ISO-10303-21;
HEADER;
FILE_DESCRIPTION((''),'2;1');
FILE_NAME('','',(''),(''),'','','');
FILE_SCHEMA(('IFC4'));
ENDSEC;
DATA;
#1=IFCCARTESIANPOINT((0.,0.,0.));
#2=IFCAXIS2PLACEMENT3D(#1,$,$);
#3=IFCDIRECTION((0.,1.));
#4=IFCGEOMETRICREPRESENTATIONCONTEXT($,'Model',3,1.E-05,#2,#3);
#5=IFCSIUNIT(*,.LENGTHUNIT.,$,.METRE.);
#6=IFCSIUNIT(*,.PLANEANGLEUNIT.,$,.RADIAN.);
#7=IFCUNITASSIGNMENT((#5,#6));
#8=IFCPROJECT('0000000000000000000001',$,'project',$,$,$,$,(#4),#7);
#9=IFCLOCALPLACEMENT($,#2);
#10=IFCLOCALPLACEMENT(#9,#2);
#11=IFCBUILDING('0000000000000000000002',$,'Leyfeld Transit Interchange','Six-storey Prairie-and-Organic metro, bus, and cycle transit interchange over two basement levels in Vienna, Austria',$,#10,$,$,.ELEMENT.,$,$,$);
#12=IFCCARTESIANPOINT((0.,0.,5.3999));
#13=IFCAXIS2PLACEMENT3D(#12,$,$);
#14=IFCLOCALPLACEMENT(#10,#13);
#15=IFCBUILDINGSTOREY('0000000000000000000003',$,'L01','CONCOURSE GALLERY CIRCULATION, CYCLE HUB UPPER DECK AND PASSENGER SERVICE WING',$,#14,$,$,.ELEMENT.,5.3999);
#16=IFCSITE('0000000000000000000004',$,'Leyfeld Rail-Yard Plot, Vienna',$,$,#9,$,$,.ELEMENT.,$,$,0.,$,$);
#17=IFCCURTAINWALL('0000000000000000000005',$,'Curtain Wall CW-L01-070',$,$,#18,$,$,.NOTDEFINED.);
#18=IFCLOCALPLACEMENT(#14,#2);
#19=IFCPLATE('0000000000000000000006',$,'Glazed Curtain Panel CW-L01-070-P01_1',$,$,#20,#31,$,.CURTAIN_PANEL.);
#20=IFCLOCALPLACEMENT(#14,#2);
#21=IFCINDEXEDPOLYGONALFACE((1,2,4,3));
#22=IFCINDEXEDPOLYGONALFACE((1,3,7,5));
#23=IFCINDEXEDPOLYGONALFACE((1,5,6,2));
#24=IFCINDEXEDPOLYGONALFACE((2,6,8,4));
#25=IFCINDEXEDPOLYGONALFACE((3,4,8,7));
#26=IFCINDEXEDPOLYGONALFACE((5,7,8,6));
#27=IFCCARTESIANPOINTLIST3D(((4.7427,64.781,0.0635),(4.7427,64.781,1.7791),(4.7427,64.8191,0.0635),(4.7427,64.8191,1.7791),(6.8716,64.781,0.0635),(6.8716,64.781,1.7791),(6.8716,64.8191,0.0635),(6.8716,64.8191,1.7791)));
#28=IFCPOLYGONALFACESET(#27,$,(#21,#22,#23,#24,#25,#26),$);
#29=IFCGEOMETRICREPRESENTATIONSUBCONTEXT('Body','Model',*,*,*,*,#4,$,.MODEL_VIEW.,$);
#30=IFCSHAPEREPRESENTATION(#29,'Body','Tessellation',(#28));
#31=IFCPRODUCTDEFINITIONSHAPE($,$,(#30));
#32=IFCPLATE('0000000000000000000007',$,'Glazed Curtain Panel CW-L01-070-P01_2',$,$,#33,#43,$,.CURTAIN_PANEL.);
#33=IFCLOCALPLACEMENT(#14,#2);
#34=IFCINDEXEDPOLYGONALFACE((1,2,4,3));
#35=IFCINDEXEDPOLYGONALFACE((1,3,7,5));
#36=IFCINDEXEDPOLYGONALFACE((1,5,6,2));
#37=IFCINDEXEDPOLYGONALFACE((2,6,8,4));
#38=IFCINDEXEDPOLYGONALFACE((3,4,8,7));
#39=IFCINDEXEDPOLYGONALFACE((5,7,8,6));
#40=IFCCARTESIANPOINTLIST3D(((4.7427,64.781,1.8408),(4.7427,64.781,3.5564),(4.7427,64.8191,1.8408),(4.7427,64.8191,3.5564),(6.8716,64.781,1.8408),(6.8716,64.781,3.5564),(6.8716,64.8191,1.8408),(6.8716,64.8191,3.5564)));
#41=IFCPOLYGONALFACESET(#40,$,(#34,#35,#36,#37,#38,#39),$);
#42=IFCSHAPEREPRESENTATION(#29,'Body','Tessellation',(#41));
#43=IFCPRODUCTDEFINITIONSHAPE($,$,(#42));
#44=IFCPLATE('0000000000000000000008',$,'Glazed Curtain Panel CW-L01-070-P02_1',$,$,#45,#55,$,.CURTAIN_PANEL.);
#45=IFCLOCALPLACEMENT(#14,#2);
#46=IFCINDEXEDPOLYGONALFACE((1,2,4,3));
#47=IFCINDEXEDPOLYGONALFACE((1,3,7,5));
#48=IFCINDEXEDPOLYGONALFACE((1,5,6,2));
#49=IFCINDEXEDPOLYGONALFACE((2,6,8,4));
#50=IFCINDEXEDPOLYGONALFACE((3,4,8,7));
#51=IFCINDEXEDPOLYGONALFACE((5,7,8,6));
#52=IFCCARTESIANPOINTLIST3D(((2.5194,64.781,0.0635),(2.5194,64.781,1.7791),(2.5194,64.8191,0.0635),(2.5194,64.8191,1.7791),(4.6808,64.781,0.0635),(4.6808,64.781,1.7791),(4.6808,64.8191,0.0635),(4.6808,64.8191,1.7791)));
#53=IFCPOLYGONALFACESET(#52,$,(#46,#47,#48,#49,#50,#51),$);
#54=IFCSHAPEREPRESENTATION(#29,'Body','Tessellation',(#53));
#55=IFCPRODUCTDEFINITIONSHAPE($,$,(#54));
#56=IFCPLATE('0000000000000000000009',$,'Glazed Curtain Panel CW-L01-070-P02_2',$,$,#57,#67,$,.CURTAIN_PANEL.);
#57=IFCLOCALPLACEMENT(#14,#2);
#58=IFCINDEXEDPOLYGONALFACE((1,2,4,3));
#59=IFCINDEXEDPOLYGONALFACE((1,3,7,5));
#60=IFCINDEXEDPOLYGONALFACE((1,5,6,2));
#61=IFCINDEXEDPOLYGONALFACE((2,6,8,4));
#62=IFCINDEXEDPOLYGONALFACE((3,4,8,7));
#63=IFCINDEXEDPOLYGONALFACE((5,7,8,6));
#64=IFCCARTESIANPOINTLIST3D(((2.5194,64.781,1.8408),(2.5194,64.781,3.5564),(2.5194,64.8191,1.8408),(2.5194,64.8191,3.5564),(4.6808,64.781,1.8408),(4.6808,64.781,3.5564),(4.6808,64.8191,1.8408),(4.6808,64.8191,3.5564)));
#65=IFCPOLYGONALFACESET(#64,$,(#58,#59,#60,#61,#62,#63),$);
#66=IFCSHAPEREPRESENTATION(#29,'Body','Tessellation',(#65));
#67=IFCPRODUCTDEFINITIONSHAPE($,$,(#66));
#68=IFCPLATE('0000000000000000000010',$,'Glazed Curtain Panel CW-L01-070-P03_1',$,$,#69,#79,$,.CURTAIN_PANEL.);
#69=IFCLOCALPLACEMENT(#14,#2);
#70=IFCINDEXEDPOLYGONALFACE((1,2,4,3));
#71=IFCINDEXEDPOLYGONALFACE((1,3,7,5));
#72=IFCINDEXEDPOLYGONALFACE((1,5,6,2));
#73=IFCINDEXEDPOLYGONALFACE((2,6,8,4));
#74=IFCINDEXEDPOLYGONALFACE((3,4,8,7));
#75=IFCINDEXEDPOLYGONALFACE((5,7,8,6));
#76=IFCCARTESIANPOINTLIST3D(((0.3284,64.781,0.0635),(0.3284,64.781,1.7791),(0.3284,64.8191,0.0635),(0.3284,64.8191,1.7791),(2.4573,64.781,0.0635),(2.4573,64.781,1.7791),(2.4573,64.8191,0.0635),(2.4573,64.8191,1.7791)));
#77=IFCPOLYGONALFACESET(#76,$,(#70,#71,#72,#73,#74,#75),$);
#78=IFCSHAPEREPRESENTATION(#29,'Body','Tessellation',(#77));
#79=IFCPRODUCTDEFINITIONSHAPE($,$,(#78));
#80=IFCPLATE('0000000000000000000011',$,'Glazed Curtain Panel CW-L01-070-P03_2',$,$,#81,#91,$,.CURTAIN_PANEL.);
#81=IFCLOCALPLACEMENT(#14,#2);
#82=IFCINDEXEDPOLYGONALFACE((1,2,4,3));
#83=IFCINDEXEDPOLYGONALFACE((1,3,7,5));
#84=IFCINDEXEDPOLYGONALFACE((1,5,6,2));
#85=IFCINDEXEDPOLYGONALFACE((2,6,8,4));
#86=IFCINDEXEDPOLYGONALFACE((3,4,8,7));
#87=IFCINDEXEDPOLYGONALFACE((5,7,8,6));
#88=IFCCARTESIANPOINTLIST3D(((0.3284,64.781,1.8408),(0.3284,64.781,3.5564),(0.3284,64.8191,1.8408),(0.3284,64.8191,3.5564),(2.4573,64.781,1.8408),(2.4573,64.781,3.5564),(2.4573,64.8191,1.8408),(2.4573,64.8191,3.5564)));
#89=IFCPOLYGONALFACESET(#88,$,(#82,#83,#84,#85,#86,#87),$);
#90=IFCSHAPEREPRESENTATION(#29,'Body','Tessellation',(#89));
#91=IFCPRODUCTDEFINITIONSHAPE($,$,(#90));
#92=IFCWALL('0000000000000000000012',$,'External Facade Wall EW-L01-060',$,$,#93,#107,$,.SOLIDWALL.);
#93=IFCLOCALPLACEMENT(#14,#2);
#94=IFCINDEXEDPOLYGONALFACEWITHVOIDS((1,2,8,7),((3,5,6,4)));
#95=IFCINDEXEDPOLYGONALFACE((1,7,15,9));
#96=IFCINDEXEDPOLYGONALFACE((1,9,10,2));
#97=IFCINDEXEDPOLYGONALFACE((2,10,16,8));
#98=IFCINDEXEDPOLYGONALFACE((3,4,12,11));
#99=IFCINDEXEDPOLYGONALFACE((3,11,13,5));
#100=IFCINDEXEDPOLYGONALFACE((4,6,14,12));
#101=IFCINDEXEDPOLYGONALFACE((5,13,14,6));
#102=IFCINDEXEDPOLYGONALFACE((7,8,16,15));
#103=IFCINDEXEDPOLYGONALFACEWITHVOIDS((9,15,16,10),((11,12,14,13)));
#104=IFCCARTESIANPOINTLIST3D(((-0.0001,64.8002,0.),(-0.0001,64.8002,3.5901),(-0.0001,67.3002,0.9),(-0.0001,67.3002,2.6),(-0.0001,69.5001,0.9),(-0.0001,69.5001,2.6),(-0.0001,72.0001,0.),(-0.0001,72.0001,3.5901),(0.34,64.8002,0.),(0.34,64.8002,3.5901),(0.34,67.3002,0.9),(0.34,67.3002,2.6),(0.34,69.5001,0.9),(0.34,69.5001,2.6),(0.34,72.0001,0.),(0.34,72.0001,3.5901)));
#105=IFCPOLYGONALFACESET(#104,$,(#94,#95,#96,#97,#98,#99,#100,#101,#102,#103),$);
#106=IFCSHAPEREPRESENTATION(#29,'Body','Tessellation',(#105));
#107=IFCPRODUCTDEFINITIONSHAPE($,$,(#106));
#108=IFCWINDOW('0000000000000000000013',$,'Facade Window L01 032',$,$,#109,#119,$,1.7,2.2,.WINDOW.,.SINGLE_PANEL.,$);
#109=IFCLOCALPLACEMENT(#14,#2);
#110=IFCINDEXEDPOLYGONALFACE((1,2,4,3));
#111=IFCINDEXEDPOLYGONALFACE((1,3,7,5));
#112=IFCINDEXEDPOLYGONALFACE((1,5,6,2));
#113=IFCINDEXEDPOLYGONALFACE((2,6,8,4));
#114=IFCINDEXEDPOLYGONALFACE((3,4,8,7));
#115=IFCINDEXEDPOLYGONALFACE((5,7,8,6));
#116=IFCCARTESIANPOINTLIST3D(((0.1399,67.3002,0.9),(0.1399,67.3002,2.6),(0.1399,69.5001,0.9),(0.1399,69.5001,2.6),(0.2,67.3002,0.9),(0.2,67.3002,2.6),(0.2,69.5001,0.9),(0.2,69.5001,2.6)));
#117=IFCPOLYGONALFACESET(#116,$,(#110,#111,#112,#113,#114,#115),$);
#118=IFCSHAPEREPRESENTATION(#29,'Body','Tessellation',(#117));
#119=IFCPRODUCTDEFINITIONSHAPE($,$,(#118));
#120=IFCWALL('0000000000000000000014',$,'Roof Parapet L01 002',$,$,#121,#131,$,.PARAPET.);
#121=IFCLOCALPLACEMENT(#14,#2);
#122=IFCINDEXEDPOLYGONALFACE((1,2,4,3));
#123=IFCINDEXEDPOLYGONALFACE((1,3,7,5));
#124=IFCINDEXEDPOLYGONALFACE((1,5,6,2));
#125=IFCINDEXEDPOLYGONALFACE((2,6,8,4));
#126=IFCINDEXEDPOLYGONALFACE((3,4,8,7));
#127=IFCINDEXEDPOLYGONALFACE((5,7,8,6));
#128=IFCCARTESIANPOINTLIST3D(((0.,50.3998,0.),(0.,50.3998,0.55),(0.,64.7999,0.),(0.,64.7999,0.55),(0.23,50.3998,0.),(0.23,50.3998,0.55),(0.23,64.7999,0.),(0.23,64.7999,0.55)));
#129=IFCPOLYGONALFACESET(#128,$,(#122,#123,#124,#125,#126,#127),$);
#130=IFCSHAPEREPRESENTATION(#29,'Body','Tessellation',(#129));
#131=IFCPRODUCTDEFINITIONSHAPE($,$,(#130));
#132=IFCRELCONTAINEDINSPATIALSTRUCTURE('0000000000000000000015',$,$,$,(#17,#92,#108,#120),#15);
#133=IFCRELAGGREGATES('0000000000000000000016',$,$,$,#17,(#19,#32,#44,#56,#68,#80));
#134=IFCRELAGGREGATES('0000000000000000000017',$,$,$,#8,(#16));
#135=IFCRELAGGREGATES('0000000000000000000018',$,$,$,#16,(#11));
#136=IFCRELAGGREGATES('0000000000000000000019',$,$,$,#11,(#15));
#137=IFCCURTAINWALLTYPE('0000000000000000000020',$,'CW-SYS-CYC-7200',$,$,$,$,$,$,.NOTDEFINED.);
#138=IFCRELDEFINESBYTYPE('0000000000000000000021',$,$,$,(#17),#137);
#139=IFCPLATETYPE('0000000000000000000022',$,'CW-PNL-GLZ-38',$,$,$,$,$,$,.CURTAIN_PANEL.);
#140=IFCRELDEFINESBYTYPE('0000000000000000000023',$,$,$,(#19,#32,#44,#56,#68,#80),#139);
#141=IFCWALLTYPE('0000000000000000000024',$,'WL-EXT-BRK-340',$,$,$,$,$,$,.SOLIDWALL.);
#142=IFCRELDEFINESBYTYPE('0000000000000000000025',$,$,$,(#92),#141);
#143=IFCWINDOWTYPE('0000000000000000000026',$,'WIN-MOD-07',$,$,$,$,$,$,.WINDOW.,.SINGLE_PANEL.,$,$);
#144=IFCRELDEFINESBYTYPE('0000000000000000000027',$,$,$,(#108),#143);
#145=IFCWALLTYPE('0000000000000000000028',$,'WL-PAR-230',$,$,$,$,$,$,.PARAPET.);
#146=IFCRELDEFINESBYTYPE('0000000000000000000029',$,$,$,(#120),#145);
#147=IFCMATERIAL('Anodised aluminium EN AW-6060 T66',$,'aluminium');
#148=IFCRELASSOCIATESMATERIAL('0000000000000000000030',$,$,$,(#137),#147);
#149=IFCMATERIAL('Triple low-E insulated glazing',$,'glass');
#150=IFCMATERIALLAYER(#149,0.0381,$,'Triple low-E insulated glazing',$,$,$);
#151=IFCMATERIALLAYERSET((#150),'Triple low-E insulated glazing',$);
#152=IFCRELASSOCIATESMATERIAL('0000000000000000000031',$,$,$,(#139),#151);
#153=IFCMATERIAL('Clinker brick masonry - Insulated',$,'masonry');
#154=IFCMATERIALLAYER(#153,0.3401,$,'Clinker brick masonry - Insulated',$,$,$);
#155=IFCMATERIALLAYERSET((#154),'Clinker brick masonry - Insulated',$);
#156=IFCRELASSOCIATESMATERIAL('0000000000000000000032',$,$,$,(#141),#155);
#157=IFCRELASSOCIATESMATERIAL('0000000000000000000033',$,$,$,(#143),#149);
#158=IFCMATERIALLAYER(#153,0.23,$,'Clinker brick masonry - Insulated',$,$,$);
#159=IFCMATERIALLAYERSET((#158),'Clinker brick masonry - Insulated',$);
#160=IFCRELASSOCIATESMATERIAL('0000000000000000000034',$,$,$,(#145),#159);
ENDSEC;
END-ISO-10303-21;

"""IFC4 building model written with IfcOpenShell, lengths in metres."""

from ifc_helpers import new_model, si_unit, direction, frame, frame_2d, origin, origin_2d, place, context, subcontext, project, spatial, rectangle, extrude, material, layer, layer_set, type_object, element, fill, aggregate, save


model = new_model("IFC4")

# Units and contexts
model_context = context("Model", 3, precision=1e-05, world=origin(), true_north=direction((0.0, 1.0)))
body_context = subcontext(model_context, "Body", "Model", "MODEL_VIEW")
ifc_project = project(units=[si_unit("LENGTHUNIT", "METRE"), si_unit("PLANEANGLEUNIT", "RADIAN")], contexts=[model_context])

# Site, building, storey
site_placement = place(None, origin())
site = spatial("IfcSite", under=ifc_project, at=site_placement, Name="Leyfeld Rail-Yard Plot, Vienna", CompositionType="ELEMENT", RefElevation=0.0)
building_placement = place(site_placement, origin())
building = spatial("IfcBuilding", under=site, at=building_placement, Name="Leyfeld Transit Interchange", Description="Six-storey Prairie-and-Organic metro, bus, and cycle transit interchange over two basement levels in Vienna, Austria", CompositionType="ELEMENT")
storey_placement = place(building_placement, frame((0.0, 0.0, 5.3999)))
storey = spatial("IfcBuildingStorey", under=building, at=storey_placement, Name="L01", Description="CONCOURSE GALLERY CIRCULATION, CYCLE HUB UPPER DECK AND PASSENGER SERVICE WING", CompositionType="ELEMENT", Elevation=5.3999)

# Curtain wall, plates
ifc_material_1 = material(Name="Anodised aluminium EN AW-6060 T66", Category="aluminium")
curtain_wall_type = type_object("IfcCurtainWallType", Name="CW-SYS-CYC-7200", PredefinedType="NOTDEFINED", material=ifc_material_1)
curtain_wall_placement = place(storey_placement, origin())
curtain_wall = element("IfcCurtainWall", 1, at=curtain_wall_placement, inside=storey, type_object=curtain_wall_type, Name="Curtain Wall CW-L01-070", PredefinedType="NOTDEFINED")
ifc_material_2 = material(Name="Triple low-E insulated glazing", Category="glass")
ifc_layer_1 = layer(ifc_material_2, 0.0381, Name="Triple low-E insulated glazing")
ifc_layer_set_1 = layer_set([ifc_layer_1], Name="Triple low-E insulated glazing")
plate_type = type_object("IfcPlateType", Name="CW-PNL-GLZ-38", PredefinedType="CURTAIN_PANEL", material=ifc_layer_set_1)
plate_1_placement = place(storey_placement, frame((5.8071, 64.8, 0.0635), z_axis=(0.0, 0.0, 1.0), x_axis=(-1.0, 0.0, 0.0)))
plate_1 = element("IfcPlate", 2, at=plate_1_placement, type_object=plate_type, Name="Glazed Curtain Panel CW-L01-070-P01_1", PredefinedType="CURTAIN_PANEL", context=body_context, shape_type="SweptSolid", body=[
    extrude(rectangle(XDim=2.1289, YDim=0.0381, at=origin_2d()), origin(), (0.0, 0.0, 1.0), 1.7156),
])
plate_2_placement = place(storey_placement, frame((5.8071, 64.8, 1.8408), z_axis=(0.0, 0.0, 1.0), x_axis=(-1.0, 0.0, 0.0)))
plate_2 = element("IfcPlate", 3, at=plate_2_placement, type_object=plate_type, Name="Glazed Curtain Panel CW-L01-070-P01_2", PredefinedType="CURTAIN_PANEL", context=body_context, shape_type="SweptSolid", body=[
    extrude(rectangle(XDim=2.1289, YDim=0.0381, at=origin_2d()), origin(), (0.0, 0.0, 1.0), 1.7156),
])
plate_3_placement = place(storey_placement, frame((3.6001, 64.8, 0.0635), z_axis=(0.0, 0.0, 1.0), x_axis=(-1.0, 0.0, 0.0)))
plate_3 = element("IfcPlate", 4, at=plate_3_placement, type_object=plate_type, Name="Glazed Curtain Panel CW-L01-070-P02_1", PredefinedType="CURTAIN_PANEL", context=body_context, shape_type="SweptSolid", body=[
    extrude(rectangle(XDim=2.1614, YDim=0.0381, at=origin_2d()), origin(), (0.0, 0.0, 1.0), 1.7156),
])
plate_4_placement = place(storey_placement, frame((3.6001, 64.8, 1.8408), z_axis=(0.0, 0.0, 1.0), x_axis=(-1.0, 0.0, 0.0)))
plate_4 = element("IfcPlate", 5, at=plate_4_placement, type_object=plate_type, Name="Glazed Curtain Panel CW-L01-070-P02_2", PredefinedType="CURTAIN_PANEL", context=body_context, shape_type="SweptSolid", body=[
    extrude(rectangle(XDim=2.1614, YDim=0.0381, at=origin_2d()), origin(), (0.0, 0.0, 1.0), 1.7156),
])
plate_5_placement = place(storey_placement, frame((1.3928, 64.8, 0.0635), z_axis=(0.0, 0.0, 1.0), x_axis=(-1.0, 0.0, 0.0)))
plate_5 = element("IfcPlate", 6, at=plate_5_placement, type_object=plate_type, Name="Glazed Curtain Panel CW-L01-070-P03_1", PredefinedType="CURTAIN_PANEL", context=body_context, shape_type="SweptSolid", body=[
    extrude(rectangle(XDim=2.1289, YDim=0.0381, at=origin_2d()), origin(), (0.0, 0.0, 1.0), 1.7156),
])
plate_6_placement = place(storey_placement, frame((1.3928, 64.8, 1.8408), z_axis=(0.0, 0.0, 1.0), x_axis=(-1.0, 0.0, 0.0)))
plate_6 = element("IfcPlate", 7, at=plate_6_placement, type_object=plate_type, Name="Glazed Curtain Panel CW-L01-070-P03_2", PredefinedType="CURTAIN_PANEL", context=body_context, shape_type="SweptSolid", body=[
    extrude(rectangle(XDim=2.1289, YDim=0.0381, at=origin_2d()), origin(), (0.0, 0.0, 1.0), 1.7156),
])
aggregate(curtain_wall, [plate_1, plate_2, plate_3, plate_4, plate_5, plate_6])

# Wall, opening, window
ifc_material_3 = material(Name="Clinker brick masonry - Insulated", Category="masonry")
ifc_layer_2 = layer(ifc_material_3, 0.3401, Name="Clinker brick masonry - Insulated")
ifc_layer_set_2 = layer_set([ifc_layer_2], Name="Clinker brick masonry - Insulated")
wall_type_1 = type_object("IfcWallType", Name="WL-EXT-BRK-340", PredefinedType="SOLIDWALL", material=ifc_layer_set_2)
wall_1_placement = place(storey_placement, frame((0.1699, 64.8, 0.0), z_axis=(0.0, 0.0, 1.0), x_axis=(0.0, 1.0, 0.0)))
wall_1 = element("IfcWall", 8, at=wall_1_placement, inside=storey, type_object=wall_type_1, Name="External Facade Wall EW-L01-060", PredefinedType="SOLIDWALL", context=body_context, shape_type="SweptSolid", body=[
    extrude(rectangle(XDim=7.2, YDim=0.3401, at=frame_2d((3.6001, 0.0))), origin(), (0.0, 0.0, 1.0), 3.5901),
])
opening_placement = place(wall_1_placement, frame((2.5, 0.0, 0.8999)))
opening = element("IfcOpeningElement", 9, at=opening_placement, cuts=wall_1, PredefinedType="OPENING", context=body_context, shape_type="SweptSolid", body=[
    extrude(rectangle(XDim=2.2, YDim=1.7, at=frame_2d((1.1001, 0.8501))), frame((0.0, 0.1799, 0.0), z_axis=(0.0, -1.0, 0.0), x_axis=(1.0, 0.0, 0.0)), (0.0, 0.0, 1.0), 0.3601),
])
window_type = type_object("IfcWindowType", Name="WIN-MOD-07", PartitioningType="SINGLE_PANEL", PredefinedType="WINDOW", material=ifc_material_2)
window_placement = place(opening_placement, origin())
window = element("IfcWindow", 10, at=window_placement, inside=storey, type_object=window_type, Name="Facade Window L01 032", OverallHeight=1.7, OverallWidth=2.2, PartitioningType="SINGLE_PANEL", PredefinedType="WINDOW", context=body_context, shape_type="SweptSolid", body=[
    extrude(rectangle(XDim=2.2, YDim=1.7, at=frame_2d((1.1001, 0.8501))), frame((0.0, 0.03, 0.0), z_axis=(0.0, -1.0, 0.0), x_axis=(1.0, 0.0, 0.0)), (0.0, 0.0, 1.0), 0.0601),
])
fill(opening, window)

# Wall
ifc_layer_3 = layer(ifc_material_3, 0.23, Name="Clinker brick masonry - Insulated")
ifc_layer_set_3 = layer_set([ifc_layer_3], Name="Clinker brick masonry - Insulated")
wall_type_2 = type_object("IfcWallType", Name="WL-PAR-230", PredefinedType="PARAPET", material=ifc_layer_set_3)
wall_2_placement = place(storey_placement, frame((0.115, 64.8, 0.0), z_axis=(0.0, 0.0, 1.0), x_axis=(0.0, -1.0, 0.0)))
element("IfcWall", 11, at=wall_2_placement, inside=storey, type_object=wall_type_2, Name="Roof Parapet L01 002", PredefinedType="PARAPET", context=body_context, shape_type="SweptSolid", body=[
    extrude(rectangle(XDim=14.4001, YDim=0.23, at=frame_2d((7.2002, 0.0))), origin(), (0.0, 0.0, 1.0), 0.55),
])

save(model, "model.ifc")
